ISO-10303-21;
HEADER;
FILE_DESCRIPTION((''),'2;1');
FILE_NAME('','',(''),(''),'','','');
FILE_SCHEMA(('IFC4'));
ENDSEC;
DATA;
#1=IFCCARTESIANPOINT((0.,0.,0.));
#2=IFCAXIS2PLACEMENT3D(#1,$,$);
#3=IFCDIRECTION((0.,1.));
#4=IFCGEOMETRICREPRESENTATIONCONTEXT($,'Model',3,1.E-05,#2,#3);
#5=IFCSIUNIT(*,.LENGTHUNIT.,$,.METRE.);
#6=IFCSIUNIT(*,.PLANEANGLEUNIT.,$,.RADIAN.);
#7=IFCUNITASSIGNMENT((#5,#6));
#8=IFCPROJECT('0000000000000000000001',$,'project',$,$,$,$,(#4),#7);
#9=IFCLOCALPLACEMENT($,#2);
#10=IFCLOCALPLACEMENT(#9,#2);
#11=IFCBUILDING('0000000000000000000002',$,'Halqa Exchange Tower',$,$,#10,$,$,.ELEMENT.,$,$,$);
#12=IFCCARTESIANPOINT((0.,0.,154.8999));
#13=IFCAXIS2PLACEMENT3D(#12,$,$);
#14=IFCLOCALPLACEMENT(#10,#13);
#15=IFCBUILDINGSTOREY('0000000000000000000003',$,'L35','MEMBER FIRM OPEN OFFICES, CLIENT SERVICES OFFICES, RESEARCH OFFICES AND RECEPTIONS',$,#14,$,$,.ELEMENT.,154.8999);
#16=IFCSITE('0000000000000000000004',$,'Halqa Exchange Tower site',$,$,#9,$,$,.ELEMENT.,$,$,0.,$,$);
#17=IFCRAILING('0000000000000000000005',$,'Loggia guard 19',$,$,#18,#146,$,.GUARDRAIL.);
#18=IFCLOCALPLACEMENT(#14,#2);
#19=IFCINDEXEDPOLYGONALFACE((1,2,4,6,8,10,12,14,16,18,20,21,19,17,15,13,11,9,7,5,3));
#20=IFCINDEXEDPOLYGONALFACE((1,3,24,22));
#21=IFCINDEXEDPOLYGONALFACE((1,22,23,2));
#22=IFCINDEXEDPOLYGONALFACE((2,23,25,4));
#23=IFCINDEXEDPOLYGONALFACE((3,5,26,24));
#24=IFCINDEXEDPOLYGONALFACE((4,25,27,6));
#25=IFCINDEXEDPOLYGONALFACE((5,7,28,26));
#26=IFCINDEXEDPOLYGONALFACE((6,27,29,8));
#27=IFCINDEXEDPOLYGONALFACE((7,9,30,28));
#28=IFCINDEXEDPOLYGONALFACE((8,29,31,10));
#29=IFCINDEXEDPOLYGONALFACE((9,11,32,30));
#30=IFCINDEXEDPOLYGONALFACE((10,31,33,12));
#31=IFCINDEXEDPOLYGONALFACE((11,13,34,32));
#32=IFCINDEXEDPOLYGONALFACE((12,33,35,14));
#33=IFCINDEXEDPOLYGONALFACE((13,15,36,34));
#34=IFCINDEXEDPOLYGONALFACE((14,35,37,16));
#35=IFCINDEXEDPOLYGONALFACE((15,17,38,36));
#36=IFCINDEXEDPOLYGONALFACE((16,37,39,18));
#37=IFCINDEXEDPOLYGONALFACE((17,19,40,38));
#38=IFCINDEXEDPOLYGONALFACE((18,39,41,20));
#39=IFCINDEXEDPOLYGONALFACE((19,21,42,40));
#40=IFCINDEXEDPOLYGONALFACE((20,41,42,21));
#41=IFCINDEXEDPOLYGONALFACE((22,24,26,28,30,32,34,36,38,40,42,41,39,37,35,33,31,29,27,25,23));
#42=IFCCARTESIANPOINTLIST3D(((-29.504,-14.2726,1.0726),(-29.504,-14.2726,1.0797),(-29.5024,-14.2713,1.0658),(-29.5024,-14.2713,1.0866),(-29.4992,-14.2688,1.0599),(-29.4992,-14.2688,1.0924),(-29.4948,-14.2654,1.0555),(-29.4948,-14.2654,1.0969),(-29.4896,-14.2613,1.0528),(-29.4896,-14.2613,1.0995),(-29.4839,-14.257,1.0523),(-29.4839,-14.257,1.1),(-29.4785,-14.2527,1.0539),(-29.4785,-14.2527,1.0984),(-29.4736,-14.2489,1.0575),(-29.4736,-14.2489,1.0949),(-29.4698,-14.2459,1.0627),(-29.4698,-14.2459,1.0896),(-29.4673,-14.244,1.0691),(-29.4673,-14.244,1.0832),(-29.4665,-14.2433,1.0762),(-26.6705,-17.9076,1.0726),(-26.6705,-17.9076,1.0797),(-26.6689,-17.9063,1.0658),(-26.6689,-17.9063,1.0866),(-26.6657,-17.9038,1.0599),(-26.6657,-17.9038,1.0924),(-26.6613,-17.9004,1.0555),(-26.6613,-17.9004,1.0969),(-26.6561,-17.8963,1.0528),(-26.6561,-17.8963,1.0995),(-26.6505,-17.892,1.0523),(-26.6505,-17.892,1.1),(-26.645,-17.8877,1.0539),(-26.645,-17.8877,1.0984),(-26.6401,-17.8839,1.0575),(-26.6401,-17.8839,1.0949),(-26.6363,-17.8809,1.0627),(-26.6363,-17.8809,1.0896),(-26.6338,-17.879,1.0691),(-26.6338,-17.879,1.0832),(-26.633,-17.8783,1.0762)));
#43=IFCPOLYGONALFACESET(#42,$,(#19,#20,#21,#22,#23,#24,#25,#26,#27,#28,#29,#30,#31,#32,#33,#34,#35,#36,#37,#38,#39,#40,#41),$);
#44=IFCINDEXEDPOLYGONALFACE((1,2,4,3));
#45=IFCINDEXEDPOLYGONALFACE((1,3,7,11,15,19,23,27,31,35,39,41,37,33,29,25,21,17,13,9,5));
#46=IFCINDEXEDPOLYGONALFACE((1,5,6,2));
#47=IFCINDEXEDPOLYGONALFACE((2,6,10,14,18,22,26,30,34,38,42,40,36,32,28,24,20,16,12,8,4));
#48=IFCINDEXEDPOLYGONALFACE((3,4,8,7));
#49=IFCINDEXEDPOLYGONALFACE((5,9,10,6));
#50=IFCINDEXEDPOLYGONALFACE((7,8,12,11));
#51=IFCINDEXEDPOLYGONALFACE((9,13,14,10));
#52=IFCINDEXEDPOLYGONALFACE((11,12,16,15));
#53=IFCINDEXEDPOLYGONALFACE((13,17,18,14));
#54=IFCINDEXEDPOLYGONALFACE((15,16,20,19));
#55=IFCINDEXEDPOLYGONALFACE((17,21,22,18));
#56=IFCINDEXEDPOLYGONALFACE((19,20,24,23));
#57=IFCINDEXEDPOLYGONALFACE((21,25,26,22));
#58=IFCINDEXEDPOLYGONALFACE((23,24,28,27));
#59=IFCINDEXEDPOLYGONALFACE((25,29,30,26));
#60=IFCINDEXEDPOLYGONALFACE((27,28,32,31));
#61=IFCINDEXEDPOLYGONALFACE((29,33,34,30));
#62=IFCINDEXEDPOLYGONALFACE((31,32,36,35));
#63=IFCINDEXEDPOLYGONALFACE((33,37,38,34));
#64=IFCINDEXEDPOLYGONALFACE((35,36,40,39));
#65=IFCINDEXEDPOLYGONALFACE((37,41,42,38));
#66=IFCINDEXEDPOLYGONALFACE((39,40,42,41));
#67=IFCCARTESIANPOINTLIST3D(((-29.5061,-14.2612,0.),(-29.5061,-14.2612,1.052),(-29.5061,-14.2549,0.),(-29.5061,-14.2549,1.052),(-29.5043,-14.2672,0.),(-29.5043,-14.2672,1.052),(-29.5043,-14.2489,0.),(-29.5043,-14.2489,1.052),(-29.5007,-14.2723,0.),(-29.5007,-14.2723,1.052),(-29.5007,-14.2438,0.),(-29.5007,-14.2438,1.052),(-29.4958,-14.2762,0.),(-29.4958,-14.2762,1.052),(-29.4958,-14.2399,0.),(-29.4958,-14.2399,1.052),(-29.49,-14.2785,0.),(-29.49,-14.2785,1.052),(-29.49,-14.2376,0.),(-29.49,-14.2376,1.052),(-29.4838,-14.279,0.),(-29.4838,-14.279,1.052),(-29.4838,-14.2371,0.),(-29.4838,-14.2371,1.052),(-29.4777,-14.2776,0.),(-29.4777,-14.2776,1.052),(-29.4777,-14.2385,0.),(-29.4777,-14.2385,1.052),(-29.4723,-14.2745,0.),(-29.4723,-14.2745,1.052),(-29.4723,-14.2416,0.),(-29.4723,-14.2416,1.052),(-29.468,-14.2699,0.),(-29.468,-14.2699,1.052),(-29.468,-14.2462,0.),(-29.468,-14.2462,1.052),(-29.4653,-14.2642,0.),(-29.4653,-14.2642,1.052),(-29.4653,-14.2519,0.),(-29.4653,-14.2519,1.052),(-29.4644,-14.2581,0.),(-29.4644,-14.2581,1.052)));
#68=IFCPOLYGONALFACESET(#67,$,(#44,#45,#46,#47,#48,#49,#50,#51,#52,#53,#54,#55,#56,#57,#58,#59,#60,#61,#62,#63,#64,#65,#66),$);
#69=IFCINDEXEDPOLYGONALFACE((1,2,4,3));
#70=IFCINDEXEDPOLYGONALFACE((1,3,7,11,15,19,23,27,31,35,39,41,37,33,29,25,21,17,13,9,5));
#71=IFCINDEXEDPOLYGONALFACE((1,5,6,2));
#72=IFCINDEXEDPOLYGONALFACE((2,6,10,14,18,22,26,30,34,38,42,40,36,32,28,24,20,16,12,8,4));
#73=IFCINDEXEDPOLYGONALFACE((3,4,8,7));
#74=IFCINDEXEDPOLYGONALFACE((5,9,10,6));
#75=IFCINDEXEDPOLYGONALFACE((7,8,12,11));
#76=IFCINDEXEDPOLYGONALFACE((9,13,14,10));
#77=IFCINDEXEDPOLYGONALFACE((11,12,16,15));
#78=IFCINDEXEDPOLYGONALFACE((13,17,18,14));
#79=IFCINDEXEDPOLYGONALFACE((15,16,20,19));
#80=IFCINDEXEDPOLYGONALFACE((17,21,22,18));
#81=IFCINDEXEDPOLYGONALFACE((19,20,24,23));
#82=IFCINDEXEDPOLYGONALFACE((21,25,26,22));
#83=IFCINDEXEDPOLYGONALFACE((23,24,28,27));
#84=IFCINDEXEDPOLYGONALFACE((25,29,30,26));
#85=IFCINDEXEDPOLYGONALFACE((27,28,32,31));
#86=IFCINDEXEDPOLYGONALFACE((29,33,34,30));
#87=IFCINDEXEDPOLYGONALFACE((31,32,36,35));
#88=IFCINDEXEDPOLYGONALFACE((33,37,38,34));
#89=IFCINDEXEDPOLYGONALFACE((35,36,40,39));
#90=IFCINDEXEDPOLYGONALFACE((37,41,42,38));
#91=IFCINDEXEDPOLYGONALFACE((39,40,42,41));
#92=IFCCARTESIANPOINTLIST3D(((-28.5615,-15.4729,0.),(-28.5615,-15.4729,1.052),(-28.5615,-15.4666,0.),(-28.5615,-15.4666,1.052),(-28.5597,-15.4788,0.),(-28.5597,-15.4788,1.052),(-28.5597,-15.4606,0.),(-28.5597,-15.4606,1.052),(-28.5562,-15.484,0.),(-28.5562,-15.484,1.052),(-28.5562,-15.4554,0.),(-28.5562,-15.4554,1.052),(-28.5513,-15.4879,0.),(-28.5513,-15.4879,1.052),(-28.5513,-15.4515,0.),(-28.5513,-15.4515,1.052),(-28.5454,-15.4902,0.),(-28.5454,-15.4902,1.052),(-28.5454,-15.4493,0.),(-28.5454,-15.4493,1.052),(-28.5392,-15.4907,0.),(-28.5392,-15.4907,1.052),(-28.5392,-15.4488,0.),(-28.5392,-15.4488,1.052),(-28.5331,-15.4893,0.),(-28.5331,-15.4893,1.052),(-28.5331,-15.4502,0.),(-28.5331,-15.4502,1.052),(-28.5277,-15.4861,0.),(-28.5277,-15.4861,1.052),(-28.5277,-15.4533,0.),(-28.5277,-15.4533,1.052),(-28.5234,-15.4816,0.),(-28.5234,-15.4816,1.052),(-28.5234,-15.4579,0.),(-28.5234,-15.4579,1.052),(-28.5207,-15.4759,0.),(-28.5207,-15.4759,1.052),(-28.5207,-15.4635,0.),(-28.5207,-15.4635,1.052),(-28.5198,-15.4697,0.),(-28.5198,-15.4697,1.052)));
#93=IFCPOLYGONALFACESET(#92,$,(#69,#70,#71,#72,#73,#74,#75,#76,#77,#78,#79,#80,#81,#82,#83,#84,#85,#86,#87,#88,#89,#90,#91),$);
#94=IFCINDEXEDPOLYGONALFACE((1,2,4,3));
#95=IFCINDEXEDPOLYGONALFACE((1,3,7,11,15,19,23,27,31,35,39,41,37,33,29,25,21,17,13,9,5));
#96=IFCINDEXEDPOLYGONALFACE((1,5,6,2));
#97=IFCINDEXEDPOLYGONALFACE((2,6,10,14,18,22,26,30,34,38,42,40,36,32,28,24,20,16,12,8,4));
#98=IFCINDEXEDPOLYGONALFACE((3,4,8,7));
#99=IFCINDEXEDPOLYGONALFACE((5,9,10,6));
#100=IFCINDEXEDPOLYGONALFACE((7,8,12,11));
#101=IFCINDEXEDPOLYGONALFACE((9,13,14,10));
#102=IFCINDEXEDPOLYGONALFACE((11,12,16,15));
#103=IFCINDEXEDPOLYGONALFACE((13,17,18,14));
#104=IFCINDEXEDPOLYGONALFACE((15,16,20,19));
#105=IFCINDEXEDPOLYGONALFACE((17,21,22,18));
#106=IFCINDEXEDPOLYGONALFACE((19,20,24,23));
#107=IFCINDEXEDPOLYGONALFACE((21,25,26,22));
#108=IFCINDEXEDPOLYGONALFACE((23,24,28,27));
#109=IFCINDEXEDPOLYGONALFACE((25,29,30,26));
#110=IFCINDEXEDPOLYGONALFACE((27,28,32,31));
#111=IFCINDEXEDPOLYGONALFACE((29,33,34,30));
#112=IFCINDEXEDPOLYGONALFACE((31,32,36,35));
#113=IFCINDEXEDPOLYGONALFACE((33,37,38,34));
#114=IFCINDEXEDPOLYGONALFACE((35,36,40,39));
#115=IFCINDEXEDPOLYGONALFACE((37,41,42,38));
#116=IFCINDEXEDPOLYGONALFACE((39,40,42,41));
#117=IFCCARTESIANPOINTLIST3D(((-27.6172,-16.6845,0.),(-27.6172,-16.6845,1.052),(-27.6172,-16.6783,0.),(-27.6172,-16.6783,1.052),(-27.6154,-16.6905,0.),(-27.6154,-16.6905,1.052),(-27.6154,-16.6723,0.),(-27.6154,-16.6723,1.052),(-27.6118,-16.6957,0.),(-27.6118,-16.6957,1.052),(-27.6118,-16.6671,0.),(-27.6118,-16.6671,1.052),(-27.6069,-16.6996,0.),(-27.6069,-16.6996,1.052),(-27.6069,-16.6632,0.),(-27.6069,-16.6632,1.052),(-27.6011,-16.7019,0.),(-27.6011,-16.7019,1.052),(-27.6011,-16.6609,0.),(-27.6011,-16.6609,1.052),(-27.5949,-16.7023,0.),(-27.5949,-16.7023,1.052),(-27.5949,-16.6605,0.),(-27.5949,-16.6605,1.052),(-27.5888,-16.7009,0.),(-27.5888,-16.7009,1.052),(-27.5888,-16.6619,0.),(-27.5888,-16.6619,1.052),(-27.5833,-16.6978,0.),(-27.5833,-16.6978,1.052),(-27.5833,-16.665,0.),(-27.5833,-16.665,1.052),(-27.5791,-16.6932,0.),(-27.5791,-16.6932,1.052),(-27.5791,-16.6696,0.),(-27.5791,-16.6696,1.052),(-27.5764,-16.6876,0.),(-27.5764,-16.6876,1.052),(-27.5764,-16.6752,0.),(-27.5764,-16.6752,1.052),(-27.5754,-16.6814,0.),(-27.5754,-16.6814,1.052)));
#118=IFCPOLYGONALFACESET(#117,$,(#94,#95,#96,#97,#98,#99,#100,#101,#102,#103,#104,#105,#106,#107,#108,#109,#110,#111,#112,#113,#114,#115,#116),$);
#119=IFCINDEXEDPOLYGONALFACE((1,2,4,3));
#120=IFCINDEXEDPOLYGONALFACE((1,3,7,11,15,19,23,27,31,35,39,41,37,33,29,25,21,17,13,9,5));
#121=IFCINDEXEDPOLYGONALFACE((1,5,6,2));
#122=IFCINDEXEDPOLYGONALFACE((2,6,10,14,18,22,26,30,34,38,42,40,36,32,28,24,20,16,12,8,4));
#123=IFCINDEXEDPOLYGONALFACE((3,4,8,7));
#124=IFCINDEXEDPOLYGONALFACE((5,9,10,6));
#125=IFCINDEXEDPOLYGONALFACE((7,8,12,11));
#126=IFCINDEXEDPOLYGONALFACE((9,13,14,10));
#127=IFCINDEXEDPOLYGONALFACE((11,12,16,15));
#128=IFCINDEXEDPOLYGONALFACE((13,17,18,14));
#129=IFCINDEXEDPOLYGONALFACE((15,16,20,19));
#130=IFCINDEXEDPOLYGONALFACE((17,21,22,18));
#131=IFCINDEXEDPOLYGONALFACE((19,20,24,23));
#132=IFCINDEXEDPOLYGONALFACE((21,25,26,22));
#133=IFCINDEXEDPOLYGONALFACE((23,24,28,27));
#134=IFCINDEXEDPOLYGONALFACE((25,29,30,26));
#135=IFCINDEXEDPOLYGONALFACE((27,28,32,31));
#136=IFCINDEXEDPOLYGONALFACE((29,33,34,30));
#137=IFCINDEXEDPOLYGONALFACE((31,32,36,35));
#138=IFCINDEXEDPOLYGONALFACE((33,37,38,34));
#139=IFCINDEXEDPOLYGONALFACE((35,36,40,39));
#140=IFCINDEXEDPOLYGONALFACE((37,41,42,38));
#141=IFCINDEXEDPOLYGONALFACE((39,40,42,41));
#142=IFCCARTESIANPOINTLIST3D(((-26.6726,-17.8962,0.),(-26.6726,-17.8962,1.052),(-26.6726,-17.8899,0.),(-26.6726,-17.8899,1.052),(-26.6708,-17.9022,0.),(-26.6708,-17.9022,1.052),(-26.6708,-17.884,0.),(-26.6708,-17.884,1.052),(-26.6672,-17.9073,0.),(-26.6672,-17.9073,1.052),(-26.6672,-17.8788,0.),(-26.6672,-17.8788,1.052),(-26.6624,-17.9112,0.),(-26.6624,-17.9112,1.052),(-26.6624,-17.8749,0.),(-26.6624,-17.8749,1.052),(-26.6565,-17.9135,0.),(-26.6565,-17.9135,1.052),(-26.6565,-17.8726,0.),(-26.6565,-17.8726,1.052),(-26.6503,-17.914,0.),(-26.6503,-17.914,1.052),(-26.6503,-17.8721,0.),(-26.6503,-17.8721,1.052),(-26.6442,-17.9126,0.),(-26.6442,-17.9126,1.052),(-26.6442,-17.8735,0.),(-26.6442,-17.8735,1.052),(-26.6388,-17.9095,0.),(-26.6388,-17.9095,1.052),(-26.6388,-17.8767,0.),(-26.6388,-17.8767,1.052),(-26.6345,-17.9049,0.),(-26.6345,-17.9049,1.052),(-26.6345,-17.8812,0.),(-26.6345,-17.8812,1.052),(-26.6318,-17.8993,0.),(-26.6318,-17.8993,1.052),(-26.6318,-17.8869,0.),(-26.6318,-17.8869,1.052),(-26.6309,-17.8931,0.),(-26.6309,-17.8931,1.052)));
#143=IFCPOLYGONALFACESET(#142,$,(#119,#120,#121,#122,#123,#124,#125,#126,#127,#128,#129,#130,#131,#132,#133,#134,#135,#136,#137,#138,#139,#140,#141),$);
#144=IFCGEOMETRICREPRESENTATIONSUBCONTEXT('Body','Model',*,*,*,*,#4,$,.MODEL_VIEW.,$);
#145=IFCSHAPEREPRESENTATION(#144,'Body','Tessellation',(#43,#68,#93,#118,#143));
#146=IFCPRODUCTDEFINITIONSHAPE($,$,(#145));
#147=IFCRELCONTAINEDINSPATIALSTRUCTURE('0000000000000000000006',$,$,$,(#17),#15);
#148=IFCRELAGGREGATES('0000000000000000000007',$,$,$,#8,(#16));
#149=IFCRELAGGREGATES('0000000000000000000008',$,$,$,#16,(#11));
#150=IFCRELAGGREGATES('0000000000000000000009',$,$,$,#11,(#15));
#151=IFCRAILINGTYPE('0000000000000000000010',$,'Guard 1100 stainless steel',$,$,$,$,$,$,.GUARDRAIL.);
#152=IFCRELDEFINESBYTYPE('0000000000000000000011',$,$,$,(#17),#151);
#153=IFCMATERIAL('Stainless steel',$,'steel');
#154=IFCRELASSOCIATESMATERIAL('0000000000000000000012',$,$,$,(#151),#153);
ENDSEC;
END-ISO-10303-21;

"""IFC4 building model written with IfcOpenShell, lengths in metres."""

from ifc_helpers import new_model, si_unit, direction, frame, origin, origin_2d, place, context, subcontext, project, spatial, circle, extrude, material, type_object, element, save


model = new_model("IFC4")

# Units and contexts
model_context = context("Model", 3, precision=1e-05, world=origin(), true_north=direction((0.0, 1.0)))
body_context = subcontext(model_context, "Body", "Model", "MODEL_VIEW")
ifc_project = project(units=[si_unit("LENGTHUNIT", "METRE"), si_unit("PLANEANGLEUNIT", "RADIAN")], contexts=[model_context])

# Site, building, storey
site_placement = place(None, origin())
site = spatial("IfcSite", under=ifc_project, at=site_placement, Name="Halqa Exchange Tower site", CompositionType="ELEMENT", RefElevation=0.0)
building_placement = place(site_placement, origin())
building = spatial("IfcBuilding", under=site, at=building_placement, Name="Halqa Exchange Tower", CompositionType="ELEMENT")
storey_placement = place(building_placement, frame((0.0, 0.0, 154.8999)))
storey = spatial("IfcBuildingStorey", under=building, at=storey_placement, Name="L35", Description="MEMBER FIRM OPEN OFFICES, CLIENT SERVICES OFFICES, RESEARCH OFFICES AND RECEPTIONS", CompositionType="ELEMENT", Elevation=154.8999)

# Railing
ifc_material_1 = material(Name="Stainless steel", Category="steel")
railing_type = type_object("IfcRailingType", Name="Guard 1100 stainless steel", PredefinedType="GUARDRAIL", material=ifc_material_1)
railing_1_placement = place(storey_placement, frame((-29.4854, -14.2581, 0.0)))
element("IfcRailing", 1, at=railing_1_placement, inside=storey, type_object=railing_type, Name="Loggia guard 19", PredefinedType="GUARDRAIL", context=body_context, shape_type="SweptSolid", body=[
    extrude(circle(Radius=0.0239, at=origin_2d()), frame((0.0, 0.0, 1.0762), z_axis=(0.614787, -0.788693, 0.0), x_axis=(0.788693, 0.614787, 0.0)), (0.0, 0.0, 1.0), 4.6089),
    extrude(circle(Radius=0.021, at=origin_2d()), origin(), (0.0, 0.0, 1.0), 1.052),
    extrude(circle(Radius=0.021, at=origin_2d()), frame((0.9446, -1.2117, 0.0)), (0.0, 0.0, 1.0), 1.052),
    extrude(circle(Radius=0.021, at=origin_2d()), frame((1.8889, -2.4233, 0.0)), (0.0, 0.0, 1.0), 1.052),
    extrude(circle(Radius=0.021, at=origin_2d()), frame((2.8335, -3.635, 0.0)), (0.0, 0.0, 1.0), 1.052),
])

save(model, "model.ifc")
